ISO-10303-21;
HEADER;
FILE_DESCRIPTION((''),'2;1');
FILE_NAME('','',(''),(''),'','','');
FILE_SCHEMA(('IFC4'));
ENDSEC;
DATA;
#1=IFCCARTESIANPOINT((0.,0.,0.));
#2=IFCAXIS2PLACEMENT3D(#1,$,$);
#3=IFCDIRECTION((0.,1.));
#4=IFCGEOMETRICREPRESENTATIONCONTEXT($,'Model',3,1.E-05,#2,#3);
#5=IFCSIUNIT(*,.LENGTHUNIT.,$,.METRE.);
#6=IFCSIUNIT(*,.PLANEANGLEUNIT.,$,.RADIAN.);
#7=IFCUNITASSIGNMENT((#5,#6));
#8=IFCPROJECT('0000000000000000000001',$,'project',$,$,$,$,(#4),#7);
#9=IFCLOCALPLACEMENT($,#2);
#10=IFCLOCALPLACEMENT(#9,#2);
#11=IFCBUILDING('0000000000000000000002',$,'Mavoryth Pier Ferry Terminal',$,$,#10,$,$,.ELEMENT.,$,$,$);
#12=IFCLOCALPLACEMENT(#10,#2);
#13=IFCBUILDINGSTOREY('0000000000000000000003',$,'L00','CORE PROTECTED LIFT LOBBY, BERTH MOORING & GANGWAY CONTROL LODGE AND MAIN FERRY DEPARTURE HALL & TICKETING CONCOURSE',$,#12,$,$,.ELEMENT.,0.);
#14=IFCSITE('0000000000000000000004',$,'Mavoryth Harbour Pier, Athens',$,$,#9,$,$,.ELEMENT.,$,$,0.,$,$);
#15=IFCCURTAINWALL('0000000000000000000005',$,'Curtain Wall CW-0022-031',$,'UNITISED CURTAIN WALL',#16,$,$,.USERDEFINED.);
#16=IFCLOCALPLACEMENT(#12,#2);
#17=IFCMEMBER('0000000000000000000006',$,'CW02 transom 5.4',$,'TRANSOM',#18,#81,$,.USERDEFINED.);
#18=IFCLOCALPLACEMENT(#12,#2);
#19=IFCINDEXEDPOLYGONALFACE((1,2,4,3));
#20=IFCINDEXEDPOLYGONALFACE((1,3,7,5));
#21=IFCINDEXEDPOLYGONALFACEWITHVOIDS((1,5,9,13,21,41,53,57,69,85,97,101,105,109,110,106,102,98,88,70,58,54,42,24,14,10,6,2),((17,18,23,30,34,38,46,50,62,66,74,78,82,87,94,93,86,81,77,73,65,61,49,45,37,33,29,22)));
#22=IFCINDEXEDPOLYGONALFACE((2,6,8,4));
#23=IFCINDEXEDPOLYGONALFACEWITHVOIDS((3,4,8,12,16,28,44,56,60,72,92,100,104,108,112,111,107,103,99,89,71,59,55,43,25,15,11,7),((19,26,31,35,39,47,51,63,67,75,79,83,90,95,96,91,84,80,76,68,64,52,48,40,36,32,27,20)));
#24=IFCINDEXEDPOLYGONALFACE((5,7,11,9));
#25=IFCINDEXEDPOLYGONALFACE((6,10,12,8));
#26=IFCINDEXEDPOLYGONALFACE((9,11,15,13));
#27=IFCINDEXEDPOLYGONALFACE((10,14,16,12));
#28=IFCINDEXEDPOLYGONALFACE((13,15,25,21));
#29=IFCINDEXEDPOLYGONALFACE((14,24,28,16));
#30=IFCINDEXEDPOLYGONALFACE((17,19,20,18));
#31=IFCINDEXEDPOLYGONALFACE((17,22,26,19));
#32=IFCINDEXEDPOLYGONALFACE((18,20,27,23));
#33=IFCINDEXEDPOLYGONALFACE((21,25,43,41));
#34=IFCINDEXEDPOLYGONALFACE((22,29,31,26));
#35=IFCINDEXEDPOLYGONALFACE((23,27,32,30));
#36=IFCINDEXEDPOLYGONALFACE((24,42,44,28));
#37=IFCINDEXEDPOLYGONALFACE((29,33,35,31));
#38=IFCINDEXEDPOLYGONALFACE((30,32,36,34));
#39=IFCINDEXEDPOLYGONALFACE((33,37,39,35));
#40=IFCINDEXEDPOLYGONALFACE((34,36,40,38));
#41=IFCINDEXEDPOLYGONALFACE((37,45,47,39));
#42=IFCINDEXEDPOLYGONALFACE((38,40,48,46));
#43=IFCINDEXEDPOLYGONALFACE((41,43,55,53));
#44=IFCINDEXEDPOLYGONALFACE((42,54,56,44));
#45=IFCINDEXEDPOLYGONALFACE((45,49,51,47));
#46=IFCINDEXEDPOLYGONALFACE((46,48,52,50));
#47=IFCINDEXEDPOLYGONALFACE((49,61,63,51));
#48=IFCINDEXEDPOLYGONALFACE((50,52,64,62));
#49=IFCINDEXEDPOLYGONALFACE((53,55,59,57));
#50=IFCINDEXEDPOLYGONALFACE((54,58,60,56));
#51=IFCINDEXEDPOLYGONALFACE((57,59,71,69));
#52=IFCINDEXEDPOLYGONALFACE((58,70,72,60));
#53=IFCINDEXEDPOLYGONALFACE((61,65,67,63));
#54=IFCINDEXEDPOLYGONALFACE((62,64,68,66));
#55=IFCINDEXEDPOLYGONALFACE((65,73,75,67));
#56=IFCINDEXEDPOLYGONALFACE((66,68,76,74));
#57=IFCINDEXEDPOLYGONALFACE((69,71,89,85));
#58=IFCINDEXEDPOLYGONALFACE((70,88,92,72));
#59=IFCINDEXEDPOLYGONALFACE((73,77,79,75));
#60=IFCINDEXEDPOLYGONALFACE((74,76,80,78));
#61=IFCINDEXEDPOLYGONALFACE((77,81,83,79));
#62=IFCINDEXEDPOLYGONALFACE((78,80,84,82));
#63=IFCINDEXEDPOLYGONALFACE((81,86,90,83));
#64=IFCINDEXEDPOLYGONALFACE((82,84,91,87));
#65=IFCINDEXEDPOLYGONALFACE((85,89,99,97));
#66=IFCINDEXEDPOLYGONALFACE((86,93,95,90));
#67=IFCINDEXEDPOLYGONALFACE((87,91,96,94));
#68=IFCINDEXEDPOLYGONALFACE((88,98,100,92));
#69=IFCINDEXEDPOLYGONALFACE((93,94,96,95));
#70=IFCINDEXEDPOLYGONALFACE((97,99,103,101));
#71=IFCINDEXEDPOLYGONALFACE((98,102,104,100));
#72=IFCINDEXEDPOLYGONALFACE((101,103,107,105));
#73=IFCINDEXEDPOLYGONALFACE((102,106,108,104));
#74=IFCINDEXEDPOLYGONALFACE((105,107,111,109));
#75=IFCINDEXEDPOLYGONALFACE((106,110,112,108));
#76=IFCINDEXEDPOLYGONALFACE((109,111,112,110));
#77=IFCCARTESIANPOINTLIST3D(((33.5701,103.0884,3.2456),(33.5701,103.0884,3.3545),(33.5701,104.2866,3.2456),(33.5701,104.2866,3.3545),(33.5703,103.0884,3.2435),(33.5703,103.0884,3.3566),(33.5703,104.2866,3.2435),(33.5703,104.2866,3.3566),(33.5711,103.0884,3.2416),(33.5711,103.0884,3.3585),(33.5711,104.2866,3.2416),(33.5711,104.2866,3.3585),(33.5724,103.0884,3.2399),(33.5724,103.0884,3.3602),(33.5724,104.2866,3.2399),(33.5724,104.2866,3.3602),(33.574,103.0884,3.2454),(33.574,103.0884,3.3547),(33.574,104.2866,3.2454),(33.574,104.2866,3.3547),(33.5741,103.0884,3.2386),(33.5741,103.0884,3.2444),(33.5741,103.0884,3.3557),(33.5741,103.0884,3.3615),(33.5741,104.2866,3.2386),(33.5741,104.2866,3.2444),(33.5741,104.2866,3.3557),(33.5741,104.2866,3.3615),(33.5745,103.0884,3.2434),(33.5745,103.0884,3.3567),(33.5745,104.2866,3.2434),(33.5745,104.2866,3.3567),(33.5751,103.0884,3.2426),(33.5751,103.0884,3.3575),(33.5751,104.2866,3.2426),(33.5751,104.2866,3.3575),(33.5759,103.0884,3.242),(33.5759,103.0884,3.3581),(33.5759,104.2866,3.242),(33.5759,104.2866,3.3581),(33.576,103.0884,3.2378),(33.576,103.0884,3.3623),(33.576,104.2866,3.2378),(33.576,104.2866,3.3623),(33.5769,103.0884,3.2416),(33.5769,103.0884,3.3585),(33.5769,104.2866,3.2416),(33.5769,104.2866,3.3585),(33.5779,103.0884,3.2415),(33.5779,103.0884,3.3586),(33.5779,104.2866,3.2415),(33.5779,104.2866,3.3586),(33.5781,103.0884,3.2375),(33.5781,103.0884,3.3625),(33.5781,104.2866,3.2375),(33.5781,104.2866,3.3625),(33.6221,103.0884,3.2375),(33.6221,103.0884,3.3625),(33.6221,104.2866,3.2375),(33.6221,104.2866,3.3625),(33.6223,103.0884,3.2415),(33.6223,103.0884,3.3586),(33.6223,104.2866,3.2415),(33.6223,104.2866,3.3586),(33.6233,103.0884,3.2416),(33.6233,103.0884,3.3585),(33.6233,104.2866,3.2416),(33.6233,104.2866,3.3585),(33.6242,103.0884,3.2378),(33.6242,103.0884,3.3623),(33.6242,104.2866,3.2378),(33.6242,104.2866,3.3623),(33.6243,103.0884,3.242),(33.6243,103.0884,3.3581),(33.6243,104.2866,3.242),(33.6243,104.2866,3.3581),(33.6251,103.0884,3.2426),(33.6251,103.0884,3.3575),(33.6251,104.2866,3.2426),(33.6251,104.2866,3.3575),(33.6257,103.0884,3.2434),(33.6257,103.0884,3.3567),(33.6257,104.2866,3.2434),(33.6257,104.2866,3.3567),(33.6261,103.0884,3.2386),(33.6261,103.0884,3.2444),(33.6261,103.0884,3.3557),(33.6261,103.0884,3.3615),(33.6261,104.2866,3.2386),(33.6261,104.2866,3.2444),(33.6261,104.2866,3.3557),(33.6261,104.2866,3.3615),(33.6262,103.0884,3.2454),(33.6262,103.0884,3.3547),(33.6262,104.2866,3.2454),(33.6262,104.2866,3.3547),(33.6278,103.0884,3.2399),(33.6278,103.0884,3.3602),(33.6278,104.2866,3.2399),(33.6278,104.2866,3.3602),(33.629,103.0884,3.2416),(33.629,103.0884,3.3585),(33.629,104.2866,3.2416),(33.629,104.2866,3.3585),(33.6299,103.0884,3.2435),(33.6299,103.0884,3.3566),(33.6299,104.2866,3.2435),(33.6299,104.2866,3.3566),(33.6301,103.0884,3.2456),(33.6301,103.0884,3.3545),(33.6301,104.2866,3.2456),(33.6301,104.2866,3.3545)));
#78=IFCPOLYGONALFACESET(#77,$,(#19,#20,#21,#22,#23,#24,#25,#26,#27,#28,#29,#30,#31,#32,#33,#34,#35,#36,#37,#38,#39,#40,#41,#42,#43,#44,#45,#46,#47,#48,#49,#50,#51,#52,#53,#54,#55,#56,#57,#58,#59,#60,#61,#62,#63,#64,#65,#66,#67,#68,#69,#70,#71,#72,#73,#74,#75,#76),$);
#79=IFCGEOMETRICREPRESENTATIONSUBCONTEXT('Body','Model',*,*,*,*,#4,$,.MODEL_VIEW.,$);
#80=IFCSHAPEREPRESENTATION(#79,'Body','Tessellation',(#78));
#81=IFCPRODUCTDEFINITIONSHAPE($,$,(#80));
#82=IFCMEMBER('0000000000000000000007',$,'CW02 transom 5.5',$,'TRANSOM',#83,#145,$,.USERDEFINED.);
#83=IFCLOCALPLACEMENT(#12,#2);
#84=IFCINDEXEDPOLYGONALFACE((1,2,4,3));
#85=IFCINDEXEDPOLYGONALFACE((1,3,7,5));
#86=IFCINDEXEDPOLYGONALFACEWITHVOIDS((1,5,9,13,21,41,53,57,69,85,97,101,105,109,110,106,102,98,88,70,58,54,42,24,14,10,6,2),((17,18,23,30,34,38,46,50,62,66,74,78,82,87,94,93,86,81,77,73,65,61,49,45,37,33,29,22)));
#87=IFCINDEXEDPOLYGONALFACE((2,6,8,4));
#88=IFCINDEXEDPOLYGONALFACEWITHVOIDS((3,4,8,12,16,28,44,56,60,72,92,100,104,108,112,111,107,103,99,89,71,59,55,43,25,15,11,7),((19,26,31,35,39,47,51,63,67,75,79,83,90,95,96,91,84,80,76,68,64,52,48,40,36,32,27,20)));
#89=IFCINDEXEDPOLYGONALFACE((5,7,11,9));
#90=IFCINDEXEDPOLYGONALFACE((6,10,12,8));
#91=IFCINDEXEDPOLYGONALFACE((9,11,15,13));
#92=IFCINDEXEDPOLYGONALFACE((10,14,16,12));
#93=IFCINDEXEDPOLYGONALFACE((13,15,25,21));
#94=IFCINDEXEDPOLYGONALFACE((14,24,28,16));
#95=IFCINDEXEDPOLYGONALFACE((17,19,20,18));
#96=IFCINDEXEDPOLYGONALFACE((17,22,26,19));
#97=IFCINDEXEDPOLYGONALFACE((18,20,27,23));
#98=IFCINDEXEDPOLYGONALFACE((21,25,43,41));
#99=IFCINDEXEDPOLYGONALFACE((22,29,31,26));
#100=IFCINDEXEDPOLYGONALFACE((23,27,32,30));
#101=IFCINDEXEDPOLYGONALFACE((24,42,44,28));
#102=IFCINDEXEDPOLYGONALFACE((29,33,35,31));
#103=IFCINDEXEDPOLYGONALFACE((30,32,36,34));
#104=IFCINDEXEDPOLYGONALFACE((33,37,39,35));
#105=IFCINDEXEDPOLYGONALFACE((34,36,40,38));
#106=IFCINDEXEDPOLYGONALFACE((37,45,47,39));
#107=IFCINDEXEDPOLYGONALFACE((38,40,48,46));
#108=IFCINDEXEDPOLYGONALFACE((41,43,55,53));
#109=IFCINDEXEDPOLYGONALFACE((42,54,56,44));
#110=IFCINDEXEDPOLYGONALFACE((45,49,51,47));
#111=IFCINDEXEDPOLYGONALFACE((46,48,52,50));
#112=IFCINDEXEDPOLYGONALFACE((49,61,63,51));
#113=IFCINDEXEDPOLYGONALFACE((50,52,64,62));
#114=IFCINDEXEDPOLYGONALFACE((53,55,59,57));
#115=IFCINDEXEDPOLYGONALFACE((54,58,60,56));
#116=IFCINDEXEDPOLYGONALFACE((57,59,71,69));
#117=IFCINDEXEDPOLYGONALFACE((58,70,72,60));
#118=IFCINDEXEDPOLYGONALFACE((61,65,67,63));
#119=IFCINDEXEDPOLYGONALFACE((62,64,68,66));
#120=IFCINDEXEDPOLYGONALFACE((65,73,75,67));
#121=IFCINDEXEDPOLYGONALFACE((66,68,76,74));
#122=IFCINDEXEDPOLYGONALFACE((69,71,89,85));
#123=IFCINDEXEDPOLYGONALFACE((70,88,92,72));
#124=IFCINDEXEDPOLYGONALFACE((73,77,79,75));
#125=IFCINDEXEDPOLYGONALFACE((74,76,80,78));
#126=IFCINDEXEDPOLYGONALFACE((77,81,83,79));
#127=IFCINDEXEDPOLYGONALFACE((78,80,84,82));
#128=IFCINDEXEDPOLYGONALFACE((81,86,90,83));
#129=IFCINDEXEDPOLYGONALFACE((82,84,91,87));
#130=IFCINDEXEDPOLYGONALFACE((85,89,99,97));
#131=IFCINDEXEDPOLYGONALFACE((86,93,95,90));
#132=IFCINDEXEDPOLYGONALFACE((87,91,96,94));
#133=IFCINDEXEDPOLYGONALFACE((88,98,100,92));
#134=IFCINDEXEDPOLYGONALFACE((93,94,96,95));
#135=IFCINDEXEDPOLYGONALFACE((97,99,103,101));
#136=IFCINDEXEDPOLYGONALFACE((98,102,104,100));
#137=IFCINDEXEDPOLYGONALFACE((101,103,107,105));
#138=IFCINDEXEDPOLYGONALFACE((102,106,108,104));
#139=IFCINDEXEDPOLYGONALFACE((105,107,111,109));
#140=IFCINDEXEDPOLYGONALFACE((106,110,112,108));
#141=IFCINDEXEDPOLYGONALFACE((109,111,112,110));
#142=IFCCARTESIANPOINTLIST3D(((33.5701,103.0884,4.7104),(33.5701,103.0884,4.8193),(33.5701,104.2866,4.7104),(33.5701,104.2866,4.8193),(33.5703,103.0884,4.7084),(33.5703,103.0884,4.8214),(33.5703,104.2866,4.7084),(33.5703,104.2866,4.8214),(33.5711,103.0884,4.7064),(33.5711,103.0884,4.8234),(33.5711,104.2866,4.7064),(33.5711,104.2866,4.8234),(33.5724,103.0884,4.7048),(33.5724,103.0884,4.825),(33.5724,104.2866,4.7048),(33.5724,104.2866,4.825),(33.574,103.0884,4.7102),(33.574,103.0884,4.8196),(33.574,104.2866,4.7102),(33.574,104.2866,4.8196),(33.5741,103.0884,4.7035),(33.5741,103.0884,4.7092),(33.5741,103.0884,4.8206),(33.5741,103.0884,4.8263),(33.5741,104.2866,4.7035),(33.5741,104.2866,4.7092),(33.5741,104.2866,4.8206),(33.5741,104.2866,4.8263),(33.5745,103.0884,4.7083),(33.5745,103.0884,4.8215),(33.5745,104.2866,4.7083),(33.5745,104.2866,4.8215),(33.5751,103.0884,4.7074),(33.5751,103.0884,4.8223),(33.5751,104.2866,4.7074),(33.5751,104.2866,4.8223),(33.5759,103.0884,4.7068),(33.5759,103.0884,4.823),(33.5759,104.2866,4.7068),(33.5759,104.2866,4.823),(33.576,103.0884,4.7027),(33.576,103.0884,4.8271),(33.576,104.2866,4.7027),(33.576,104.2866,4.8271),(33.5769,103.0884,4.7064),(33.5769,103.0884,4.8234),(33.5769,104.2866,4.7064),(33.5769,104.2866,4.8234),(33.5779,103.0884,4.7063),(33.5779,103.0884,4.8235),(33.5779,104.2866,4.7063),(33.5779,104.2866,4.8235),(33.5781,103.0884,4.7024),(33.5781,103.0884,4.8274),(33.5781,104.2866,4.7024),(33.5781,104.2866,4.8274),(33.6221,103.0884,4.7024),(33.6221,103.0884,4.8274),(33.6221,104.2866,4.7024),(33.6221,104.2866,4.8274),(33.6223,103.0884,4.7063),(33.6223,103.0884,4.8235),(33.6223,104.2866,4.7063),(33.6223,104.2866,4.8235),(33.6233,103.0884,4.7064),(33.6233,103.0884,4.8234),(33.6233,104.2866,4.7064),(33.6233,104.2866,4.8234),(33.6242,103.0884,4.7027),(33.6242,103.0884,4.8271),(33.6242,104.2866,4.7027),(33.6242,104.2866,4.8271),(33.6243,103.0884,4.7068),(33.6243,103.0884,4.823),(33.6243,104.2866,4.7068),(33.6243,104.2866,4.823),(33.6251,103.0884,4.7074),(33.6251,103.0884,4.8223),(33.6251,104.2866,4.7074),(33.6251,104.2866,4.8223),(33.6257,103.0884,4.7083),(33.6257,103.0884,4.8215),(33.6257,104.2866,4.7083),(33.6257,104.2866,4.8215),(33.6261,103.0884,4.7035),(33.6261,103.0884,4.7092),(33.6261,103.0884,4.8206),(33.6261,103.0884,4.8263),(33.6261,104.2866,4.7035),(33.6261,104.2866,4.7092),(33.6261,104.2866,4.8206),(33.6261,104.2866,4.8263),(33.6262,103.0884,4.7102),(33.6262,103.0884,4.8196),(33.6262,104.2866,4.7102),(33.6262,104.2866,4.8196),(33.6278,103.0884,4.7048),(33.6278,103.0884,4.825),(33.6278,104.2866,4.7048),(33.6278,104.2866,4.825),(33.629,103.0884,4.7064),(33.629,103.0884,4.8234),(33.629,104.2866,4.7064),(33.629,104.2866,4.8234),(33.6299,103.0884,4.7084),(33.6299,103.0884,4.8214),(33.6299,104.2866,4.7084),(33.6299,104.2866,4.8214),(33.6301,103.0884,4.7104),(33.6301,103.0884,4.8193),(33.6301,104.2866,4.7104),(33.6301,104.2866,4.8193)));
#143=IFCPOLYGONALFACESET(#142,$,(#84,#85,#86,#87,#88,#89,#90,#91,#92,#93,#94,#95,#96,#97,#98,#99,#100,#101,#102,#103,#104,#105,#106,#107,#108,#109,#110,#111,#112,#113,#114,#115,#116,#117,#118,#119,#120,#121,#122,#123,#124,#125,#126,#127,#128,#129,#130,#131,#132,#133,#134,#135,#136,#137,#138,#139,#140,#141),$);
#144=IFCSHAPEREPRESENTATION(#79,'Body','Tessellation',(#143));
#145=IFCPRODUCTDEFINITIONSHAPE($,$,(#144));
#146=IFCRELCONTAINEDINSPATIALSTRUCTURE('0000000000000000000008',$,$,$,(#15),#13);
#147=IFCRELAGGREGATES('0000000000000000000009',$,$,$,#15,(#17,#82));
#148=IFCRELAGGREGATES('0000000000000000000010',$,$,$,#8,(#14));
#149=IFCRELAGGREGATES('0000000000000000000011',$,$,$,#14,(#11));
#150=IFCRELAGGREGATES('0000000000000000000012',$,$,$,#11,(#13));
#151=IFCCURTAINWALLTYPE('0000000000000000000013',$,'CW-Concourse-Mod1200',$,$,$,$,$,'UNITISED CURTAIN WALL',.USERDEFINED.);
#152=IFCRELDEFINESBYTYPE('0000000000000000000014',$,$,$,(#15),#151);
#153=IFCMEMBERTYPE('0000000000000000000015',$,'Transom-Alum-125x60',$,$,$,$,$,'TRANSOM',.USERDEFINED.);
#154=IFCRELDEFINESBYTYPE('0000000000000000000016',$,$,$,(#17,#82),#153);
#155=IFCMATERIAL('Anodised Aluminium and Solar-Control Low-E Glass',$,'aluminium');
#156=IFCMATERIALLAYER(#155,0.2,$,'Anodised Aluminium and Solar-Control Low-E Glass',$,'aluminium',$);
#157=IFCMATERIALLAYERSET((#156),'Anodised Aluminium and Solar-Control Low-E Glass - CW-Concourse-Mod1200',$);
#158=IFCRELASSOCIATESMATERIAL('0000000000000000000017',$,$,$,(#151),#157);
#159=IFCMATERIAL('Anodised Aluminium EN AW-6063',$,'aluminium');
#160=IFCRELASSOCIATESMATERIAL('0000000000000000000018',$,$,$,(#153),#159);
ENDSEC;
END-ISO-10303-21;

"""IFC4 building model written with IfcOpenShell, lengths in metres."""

from ifc_helpers import new_model, si_unit, direction, frame, origin, origin_2d, place, context, subcontext, project, spatial, hollow_rectangle, extrude, material, layer, layer_set, material_profile, profile_set, type_object, element, aggregate, save


model = new_model("IFC4")

# Units and contexts
model_context = context("Model", 3, precision=1e-05, world=origin(), true_north=direction((0.0, 1.0)))
body_context = subcontext(model_context, "Body", "Model", "MODEL_VIEW")
ifc_project = project(units=[si_unit("LENGTHUNIT", "METRE"), si_unit("PLANEANGLEUNIT", "RADIAN")], contexts=[model_context])

# Site, building, storey
site_placement = place(None, origin())
site = spatial("IfcSite", under=ifc_project, at=site_placement, Name="Mavoryth Harbour Pier, Athens", CompositionType="ELEMENT", RefElevation=0.0)
building_placement = place(site_placement, origin())
building = spatial("IfcBuilding", under=site, at=building_placement, Name="Mavoryth Pier Ferry Terminal", CompositionType="ELEMENT")
storey_placement = place(building_placement, origin())
storey = spatial("IfcBuildingStorey", under=building, at=storey_placement, Name="L00", Description="CORE PROTECTED LIFT LOBBY, BERTH MOORING & GANGWAY CONTROL LODGE AND MAIN FERRY DEPARTURE HALL & TICKETING CONCOURSE", CompositionType="ELEMENT", Elevation=0.0)

# Curtain wall, members
ifc_material_1 = material(Name="Anodised Aluminium and Solar-Control Low-E Glass", Category="aluminium")
ifc_layer_1 = layer(ifc_material_1, 0.2, Name="Anodised Aluminium and Solar-Control Low-E Glass", Category="aluminium")
ifc_layer_set_1 = layer_set([ifc_layer_1], Name="Anodised Aluminium and Solar-Control Low-E Glass - CW-Concourse-Mod1200")
curtain_wall_type = type_object("IfcCurtainWallType", Name="CW-Concourse-Mod1200", ElementType="UNITISED CURTAIN WALL", PredefinedType="USERDEFINED", material=ifc_layer_set_1)
curtain_wall_placement = place(storey_placement, origin())
curtain_wall = element("IfcCurtainWall", 1, at=curtain_wall_placement, inside=storey, type_object=curtain_wall_type, Name="Curtain Wall CW-0022-031", ObjectType="UNITISED CURTAIN WALL", PredefinedType="USERDEFINED")
ifc_material_2 = material(Name="Anodised Aluminium EN AW-6063", Category="aluminium")
ifc_material_profile_1 = material_profile(ifc_material_2, hollow_rectangle(XDim=0.0601, YDim=0.125, WallThickness=0.0039, InnerFilletRadius=0.0039, OuterFilletRadius=0.0081, at=origin_2d()), Name="AL-TRAN 125x60x4", Category="aluminium")
ifc_profile_set_1 = profile_set([ifc_material_profile_1], Name="Anodised Aluminium EN AW-6063 - AL-TRAN 125x60x4")
member_type_1 = type_object("IfcMemberType", Name="Transom-Alum-125x60", ElementType="TRANSOM", PredefinedType="USERDEFINED", material=ifc_profile_set_1)
member_1_placement = place(storey_placement, frame((33.6001, 103.0884, 3.3), z_axis=(0.0, 1.0, 0.0), x_axis=(-1.0, 0.0, 0.0)))
member_1 = element("IfcMember", 2, at=member_1_placement, type_object=member_type_1, Name="CW02 transom 5.4", ObjectType="TRANSOM", PredefinedType="USERDEFINED", context=body_context, shape_type="SweptSolid", body=[
    extrude(hollow_rectangle(XDim=0.0601, YDim=0.125, WallThickness=0.0039, InnerFilletRadius=0.0039, OuterFilletRadius=0.0081, at=origin_2d()), origin(), (0.0, 0.0, 1.0), 1.1982),
])
member_2_placement = place(storey_placement, frame((33.6001, 103.0884, 4.7649), z_axis=(0.0, 1.0, 0.0), x_axis=(-1.0, 0.0, 0.0)))
member_2 = element("IfcMember", 3, at=member_2_placement, type_object=member_type_1, Name="CW02 transom 5.5", ObjectType="TRANSOM", PredefinedType="USERDEFINED", context=body_context, shape_type="SweptSolid", body=[
    extrude(hollow_rectangle(XDim=0.0601, YDim=0.125, WallThickness=0.0039, InnerFilletRadius=0.0039, OuterFilletRadius=0.0081, at=origin_2d()), origin(), (0.0, 0.0, 1.0), 1.1982),
])
aggregate(curtain_wall, [member_1, member_2])

save(model, "model.ifc")
